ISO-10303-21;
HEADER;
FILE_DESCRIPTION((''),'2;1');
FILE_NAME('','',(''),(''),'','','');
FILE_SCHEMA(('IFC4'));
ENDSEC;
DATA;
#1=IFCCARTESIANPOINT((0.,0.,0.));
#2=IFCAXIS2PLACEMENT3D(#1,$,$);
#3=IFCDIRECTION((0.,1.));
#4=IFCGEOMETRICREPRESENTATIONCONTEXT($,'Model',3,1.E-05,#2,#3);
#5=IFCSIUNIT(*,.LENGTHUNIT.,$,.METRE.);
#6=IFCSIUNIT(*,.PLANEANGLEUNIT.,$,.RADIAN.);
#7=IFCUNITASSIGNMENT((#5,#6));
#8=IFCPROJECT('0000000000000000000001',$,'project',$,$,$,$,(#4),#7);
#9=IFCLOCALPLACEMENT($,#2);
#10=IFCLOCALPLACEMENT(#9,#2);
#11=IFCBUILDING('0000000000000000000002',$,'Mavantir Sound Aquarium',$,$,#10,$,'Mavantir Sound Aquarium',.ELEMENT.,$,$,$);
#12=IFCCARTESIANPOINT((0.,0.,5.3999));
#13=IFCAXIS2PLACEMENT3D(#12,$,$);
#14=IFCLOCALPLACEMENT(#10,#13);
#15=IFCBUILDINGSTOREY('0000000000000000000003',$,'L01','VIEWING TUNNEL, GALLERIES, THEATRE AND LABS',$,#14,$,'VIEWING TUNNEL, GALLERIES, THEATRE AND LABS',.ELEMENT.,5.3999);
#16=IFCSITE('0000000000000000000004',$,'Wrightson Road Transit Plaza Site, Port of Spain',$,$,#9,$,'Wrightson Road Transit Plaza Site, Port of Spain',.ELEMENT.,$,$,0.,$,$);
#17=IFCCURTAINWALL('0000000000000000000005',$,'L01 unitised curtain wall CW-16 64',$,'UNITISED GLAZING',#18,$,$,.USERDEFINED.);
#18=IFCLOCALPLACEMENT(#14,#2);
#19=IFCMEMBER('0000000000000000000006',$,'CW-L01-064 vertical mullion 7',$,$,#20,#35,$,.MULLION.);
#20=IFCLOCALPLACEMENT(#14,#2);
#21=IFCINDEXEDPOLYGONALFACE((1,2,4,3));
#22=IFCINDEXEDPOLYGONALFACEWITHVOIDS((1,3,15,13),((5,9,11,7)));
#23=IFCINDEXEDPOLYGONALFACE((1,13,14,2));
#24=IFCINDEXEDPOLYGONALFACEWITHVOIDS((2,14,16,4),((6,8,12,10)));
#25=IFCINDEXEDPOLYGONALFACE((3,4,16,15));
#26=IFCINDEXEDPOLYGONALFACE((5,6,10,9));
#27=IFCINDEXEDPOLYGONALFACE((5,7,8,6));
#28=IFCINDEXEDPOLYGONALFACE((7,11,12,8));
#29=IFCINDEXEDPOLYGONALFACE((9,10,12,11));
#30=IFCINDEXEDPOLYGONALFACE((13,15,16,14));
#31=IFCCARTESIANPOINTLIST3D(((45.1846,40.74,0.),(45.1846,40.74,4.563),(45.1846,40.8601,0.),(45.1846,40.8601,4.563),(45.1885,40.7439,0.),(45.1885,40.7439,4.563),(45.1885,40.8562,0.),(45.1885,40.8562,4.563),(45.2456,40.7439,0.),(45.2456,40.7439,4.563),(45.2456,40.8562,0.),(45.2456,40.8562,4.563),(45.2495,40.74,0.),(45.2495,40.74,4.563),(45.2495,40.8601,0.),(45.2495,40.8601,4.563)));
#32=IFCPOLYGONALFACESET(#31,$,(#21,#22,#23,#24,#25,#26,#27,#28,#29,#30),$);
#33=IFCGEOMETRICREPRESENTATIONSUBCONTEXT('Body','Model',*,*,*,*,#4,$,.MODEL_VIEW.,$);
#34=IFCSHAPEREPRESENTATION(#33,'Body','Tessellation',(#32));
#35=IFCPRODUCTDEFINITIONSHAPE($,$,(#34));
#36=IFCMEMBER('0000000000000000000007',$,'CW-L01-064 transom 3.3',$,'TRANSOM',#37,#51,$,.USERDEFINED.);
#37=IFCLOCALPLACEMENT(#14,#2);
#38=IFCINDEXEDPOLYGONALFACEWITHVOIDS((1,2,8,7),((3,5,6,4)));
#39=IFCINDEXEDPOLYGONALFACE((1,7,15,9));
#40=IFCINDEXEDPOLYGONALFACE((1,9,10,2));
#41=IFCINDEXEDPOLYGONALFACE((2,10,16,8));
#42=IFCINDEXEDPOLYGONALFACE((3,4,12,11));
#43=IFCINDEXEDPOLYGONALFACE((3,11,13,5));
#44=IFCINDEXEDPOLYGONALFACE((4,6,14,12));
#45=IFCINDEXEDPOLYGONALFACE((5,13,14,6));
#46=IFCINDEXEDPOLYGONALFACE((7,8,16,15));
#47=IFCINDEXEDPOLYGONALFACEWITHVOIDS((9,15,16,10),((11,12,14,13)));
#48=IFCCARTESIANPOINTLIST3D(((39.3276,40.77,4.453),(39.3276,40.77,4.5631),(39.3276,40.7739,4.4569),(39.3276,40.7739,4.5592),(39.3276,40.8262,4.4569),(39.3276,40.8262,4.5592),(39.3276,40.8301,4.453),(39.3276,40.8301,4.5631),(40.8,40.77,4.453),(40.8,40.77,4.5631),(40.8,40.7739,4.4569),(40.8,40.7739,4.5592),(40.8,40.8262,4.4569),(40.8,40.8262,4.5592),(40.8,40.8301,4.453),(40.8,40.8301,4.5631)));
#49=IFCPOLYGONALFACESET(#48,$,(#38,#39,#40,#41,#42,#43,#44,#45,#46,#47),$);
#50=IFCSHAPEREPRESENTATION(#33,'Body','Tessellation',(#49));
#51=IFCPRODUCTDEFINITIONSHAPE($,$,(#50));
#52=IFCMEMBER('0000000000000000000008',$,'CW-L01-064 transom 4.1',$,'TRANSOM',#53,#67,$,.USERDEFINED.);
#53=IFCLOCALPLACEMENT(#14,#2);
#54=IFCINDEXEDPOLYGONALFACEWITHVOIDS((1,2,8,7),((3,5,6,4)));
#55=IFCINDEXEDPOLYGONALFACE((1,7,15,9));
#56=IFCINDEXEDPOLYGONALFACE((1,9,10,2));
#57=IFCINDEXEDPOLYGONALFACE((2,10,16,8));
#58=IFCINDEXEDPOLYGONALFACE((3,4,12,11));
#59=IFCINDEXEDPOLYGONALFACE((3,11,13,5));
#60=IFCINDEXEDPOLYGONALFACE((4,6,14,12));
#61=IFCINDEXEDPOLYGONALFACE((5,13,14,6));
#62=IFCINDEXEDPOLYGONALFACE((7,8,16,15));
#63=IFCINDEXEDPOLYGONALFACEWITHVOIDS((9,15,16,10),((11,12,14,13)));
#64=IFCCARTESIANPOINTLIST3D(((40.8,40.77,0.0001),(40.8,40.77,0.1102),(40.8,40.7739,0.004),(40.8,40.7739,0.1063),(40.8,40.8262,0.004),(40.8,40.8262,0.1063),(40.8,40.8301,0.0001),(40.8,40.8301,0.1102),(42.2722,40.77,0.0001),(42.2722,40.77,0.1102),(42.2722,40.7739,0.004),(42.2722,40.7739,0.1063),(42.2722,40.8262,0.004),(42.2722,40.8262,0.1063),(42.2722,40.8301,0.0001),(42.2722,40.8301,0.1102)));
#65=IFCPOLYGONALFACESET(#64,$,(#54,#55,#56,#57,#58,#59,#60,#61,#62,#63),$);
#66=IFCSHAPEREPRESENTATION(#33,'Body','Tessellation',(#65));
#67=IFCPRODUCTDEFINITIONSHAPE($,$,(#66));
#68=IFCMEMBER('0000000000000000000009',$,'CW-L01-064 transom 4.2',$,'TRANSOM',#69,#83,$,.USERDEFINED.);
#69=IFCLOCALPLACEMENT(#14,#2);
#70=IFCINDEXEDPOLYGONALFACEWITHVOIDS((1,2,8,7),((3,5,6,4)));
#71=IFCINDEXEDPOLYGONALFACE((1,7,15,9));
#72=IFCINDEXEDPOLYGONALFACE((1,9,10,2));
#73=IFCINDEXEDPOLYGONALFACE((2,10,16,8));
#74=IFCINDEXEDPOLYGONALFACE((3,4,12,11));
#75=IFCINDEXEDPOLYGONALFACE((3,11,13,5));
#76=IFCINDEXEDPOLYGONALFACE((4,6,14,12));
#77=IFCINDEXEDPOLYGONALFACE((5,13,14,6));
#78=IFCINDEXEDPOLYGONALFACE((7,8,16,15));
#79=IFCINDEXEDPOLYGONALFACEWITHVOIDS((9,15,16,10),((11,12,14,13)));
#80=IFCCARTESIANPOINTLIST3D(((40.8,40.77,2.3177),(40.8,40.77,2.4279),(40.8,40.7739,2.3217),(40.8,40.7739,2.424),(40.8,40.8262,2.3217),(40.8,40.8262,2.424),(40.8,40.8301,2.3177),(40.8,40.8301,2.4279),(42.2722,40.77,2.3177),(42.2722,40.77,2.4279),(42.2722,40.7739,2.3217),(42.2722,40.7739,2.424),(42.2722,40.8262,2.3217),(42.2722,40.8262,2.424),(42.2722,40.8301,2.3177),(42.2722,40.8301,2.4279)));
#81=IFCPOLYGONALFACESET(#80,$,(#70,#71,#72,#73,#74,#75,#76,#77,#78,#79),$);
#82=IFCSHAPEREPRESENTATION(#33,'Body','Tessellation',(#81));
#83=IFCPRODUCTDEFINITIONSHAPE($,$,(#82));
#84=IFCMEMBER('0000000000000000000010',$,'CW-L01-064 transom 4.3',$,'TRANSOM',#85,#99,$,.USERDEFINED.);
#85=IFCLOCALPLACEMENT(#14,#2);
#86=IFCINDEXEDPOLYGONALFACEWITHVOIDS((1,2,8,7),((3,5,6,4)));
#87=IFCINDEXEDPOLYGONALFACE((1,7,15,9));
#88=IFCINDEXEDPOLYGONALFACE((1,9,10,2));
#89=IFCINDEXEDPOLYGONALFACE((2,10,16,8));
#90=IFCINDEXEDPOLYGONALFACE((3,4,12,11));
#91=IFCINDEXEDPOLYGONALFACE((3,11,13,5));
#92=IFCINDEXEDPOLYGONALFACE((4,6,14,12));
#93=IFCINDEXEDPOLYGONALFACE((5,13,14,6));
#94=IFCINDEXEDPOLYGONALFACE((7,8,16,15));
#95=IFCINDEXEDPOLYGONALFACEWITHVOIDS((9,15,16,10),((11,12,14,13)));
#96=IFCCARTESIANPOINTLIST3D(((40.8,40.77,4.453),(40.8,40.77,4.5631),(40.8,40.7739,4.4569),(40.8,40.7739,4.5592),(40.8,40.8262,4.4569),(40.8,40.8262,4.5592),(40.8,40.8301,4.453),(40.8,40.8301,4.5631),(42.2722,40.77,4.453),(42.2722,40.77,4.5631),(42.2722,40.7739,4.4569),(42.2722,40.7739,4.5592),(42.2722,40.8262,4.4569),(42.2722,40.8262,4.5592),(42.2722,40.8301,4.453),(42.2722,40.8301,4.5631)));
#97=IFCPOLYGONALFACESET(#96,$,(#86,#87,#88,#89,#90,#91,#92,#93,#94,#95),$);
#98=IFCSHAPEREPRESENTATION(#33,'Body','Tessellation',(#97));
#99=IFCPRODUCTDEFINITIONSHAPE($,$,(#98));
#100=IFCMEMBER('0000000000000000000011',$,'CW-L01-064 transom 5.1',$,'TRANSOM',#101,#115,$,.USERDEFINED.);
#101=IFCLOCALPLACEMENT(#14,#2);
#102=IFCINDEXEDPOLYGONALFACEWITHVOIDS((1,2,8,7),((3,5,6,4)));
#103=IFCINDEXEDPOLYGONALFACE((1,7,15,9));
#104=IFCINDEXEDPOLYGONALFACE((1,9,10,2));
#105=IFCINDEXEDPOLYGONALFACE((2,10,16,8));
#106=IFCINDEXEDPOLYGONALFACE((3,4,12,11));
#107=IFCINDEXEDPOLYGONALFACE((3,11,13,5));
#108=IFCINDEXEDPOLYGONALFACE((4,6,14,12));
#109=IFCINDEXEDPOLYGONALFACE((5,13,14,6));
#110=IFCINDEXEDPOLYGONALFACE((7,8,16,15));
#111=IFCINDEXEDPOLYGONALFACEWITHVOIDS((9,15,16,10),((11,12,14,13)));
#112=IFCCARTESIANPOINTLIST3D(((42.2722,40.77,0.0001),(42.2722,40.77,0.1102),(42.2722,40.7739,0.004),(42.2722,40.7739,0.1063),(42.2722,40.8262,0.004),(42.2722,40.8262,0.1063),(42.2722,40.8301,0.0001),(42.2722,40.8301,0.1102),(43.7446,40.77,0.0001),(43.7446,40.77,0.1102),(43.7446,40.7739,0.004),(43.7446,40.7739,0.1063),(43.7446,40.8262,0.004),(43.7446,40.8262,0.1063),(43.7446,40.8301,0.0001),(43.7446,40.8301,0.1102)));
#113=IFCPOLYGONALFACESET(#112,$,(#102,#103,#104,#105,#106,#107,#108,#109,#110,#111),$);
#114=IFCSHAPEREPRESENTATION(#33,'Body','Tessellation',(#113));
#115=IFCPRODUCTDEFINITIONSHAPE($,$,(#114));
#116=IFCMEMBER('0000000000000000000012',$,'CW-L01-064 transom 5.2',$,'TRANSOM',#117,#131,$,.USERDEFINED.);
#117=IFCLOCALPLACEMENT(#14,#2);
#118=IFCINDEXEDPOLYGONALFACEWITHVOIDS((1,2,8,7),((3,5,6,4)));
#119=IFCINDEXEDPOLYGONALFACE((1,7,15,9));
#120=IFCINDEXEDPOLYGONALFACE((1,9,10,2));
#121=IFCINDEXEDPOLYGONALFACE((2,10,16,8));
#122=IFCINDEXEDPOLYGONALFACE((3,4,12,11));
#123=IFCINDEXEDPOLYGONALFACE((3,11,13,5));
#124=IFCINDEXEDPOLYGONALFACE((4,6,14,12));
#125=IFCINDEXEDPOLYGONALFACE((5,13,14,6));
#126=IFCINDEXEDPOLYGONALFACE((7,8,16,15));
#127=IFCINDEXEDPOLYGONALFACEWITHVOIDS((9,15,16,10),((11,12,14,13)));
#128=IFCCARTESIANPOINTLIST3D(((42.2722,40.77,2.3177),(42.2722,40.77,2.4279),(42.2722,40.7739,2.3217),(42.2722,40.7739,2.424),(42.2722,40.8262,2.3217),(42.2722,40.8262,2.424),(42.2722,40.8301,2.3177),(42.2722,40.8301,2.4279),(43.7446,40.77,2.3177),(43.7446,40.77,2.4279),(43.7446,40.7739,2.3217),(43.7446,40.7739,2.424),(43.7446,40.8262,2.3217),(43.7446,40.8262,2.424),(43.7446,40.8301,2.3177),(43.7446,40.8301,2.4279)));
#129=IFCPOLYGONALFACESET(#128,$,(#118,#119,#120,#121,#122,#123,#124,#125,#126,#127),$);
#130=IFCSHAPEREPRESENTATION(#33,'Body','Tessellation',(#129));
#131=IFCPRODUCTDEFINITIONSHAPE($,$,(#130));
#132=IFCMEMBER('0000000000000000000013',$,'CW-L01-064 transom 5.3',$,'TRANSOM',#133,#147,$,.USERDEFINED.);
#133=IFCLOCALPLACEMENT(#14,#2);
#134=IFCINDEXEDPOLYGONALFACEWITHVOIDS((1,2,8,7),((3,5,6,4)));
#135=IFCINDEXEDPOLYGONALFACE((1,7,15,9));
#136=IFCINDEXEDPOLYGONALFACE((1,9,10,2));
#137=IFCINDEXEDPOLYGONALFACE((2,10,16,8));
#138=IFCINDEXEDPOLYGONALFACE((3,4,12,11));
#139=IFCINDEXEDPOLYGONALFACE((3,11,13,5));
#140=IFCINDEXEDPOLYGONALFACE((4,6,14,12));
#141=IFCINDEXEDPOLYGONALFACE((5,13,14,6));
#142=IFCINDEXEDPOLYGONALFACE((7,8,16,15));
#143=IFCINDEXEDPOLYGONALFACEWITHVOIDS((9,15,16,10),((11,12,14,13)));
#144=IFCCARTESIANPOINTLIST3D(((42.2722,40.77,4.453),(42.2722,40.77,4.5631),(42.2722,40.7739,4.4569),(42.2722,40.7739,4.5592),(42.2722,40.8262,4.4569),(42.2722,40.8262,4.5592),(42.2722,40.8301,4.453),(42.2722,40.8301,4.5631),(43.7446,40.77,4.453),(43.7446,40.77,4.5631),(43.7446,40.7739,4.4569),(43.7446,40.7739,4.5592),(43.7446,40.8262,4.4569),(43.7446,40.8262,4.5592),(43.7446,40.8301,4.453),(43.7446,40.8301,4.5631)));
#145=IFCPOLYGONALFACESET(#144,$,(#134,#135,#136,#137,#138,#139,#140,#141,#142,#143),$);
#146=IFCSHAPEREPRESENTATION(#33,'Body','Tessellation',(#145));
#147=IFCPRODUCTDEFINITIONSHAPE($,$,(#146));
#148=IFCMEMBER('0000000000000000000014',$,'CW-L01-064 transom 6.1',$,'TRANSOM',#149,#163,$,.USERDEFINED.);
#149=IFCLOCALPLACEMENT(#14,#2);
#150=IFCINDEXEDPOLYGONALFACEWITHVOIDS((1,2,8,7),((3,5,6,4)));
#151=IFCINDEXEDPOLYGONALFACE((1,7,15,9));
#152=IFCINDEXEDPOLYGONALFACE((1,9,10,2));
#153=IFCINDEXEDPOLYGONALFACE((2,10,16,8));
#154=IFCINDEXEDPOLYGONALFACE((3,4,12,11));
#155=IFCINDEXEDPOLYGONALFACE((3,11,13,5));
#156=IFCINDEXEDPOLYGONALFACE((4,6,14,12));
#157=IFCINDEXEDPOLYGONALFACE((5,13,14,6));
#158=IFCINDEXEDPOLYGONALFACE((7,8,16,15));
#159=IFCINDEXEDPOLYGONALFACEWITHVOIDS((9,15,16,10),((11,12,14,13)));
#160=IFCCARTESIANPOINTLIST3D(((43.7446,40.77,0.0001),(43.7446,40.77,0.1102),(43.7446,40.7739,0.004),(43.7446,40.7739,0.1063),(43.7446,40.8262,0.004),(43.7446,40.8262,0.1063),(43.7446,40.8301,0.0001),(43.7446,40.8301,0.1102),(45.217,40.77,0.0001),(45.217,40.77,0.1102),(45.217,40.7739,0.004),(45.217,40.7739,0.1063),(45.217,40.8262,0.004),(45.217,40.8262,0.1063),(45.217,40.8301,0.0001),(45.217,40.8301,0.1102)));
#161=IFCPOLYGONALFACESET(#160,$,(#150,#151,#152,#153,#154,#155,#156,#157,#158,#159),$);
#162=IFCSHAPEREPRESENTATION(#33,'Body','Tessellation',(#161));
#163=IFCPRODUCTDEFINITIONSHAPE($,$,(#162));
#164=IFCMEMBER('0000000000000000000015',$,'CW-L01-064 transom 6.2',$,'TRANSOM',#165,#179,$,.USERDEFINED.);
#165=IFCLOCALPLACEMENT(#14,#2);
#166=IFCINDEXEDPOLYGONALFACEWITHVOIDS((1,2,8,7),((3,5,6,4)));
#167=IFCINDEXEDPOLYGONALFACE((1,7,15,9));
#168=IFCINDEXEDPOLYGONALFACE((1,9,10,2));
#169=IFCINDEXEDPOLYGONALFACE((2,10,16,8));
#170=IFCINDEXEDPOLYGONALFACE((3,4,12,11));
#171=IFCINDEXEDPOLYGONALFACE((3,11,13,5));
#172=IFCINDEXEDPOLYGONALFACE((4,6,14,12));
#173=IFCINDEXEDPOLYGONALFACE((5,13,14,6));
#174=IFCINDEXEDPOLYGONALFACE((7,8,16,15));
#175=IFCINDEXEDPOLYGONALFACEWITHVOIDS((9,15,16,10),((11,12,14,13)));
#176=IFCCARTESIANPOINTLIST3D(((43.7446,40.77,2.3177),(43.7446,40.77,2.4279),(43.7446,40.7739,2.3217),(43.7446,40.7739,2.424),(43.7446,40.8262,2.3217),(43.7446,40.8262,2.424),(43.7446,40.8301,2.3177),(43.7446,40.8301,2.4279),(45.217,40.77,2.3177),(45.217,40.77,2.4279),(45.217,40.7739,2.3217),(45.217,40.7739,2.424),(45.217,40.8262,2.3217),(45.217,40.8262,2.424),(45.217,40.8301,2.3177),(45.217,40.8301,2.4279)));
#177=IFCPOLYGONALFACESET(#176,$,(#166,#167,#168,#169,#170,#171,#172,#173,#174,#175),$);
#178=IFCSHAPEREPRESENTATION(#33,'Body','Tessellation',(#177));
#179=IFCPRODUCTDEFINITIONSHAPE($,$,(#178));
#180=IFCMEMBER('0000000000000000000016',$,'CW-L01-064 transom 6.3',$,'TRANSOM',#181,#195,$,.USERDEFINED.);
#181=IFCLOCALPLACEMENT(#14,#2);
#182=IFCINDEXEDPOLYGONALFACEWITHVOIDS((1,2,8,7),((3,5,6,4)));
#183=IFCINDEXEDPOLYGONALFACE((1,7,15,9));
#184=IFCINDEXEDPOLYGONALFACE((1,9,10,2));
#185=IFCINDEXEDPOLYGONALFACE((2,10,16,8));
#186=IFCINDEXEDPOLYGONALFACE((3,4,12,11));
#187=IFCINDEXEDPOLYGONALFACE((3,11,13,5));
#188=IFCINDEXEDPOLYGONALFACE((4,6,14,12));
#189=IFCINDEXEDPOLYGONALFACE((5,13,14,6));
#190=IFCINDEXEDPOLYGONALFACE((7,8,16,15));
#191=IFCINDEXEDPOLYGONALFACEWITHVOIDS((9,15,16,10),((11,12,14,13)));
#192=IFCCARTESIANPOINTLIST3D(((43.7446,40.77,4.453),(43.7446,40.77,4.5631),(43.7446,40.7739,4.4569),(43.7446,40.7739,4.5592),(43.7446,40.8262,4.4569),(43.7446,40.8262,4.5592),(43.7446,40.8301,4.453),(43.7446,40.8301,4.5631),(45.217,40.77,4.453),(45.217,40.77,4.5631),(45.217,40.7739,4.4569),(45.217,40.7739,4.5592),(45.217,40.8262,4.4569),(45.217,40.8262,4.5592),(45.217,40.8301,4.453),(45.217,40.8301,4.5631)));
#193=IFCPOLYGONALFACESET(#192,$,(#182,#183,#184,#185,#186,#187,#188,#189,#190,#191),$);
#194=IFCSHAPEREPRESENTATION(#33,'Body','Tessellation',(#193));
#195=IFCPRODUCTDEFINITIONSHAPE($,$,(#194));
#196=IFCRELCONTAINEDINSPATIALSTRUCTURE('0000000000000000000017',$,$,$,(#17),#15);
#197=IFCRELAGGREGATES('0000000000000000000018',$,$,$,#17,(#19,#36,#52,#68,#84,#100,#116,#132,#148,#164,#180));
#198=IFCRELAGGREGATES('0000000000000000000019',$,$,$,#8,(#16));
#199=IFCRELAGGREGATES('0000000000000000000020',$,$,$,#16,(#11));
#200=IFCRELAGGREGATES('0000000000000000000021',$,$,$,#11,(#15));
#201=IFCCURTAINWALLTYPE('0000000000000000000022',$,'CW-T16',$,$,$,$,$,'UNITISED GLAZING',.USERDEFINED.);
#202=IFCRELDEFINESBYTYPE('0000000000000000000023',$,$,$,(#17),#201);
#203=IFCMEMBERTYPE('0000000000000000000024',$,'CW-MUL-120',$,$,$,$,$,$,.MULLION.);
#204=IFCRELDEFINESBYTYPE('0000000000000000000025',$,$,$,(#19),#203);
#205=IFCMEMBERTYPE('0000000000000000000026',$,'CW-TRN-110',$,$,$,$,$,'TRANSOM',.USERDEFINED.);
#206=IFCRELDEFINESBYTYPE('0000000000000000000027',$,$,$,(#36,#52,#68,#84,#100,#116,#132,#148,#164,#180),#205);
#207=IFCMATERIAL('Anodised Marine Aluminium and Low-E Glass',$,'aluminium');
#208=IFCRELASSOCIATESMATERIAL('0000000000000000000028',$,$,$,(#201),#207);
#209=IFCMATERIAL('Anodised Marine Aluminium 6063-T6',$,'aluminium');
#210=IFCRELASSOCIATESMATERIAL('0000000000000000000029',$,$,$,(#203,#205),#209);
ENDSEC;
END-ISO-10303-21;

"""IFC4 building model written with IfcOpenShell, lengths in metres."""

from ifc_helpers import new_model, si_unit, direction, frame, origin, origin_2d, place, context, subcontext, project, spatial, hollow_rectangle, extrude, material, material_profile, profile_set, type_object, element, aggregate, save


model = new_model("IFC4")

# Units and contexts
model_context = context("Model", 3, precision=1e-05, world=origin(), true_north=direction((0.0, 1.0)))
body_context = subcontext(model_context, "Body", "Model", "MODEL_VIEW")
ifc_project = project(units=[si_unit("LENGTHUNIT", "METRE"), si_unit("PLANEANGLEUNIT", "RADIAN")], contexts=[model_context])

# Site, building, storey
site_placement = place(None, origin())
site = spatial("IfcSite", under=ifc_project, at=site_placement, Name="Wrightson Road Transit Plaza Site, Port of Spain", LongName="Wrightson Road Transit Plaza Site, Port of Spain", CompositionType="ELEMENT", RefElevation=0.0)
building_placement = place(site_placement, origin())
building = spatial("IfcBuilding", under=site, at=building_placement, Name="Mavantir Sound Aquarium", LongName="Mavantir Sound Aquarium", CompositionType="ELEMENT")
storey_placement = place(building_placement, frame((0.0, 0.0, 5.3999)))
storey = spatial("IfcBuildingStorey", under=building, at=storey_placement, Name="L01", Description="VIEWING TUNNEL, GALLERIES, THEATRE AND LABS", LongName="VIEWING TUNNEL, GALLERIES, THEATRE AND LABS", CompositionType="ELEMENT", Elevation=5.3999)

# Curtain wall, members
ifc_material_1 = material(Name="Anodised Marine Aluminium and Low-E Glass", Category="aluminium")
ifc_material_2 = material(Name="Anodised Marine Aluminium 6063-T6", Category="aluminium")
curtain_wall_type_1 = type_object("IfcCurtainWallType", Name="CW-T16", ElementType="UNITISED GLAZING", PredefinedType="USERDEFINED", material=ifc_material_1)
curtain_wall_1_placement = place(storey_placement, origin())
curtain_wall_1 = element("IfcCurtainWall", 1, at=curtain_wall_1_placement, inside=storey, type_object=curtain_wall_type_1, Name="L01 unitised curtain wall CW-16 64", ObjectType="UNITISED GLAZING", PredefinedType="USERDEFINED")
ifc_material_profile_1 = material_profile(ifc_material_2, hollow_rectangle(XDim=0.0649, YDim=0.1201, WallThickness=0.0039, at=origin_2d()), Name="ALU-MULLION-120X65")
ifc_profile_set_1 = profile_set([ifc_material_profile_1], Name="Anodised Marine Aluminium 6063-T6")
member_type_1 = type_object("IfcMemberType", Name="CW-MUL-120", PredefinedType="MULLION", material=ifc_profile_set_1)
member_1_placement = place(storey_placement, frame((45.217, 40.8, 0.0), z_axis=(0.0, 0.0, 1.0), x_axis=(1.0, 0.0, 0.0)))
member_1 = element("IfcMember", 2, at=member_1_placement, type_object=member_type_1, Name="CW-L01-064 vertical mullion 7", PredefinedType="MULLION", context=body_context, shape_type="SweptSolid", body=[
    extrude(hollow_rectangle(XDim=0.0649, YDim=0.1201, WallThickness=0.0039, at=origin_2d()), origin(), (0.0, 0.0, 1.0), 4.563),
])
ifc_material_profile_2 = material_profile(ifc_material_2, hollow_rectangle(XDim=0.0601, YDim=0.1101, WallThickness=0.0039, at=origin_2d()), Name="ALU-TRANSOM-110X60")
ifc_profile_set_2 = profile_set([ifc_material_profile_2], Name="Anodised Marine Aluminium 6063-T6")
member_type_2 = type_object("IfcMemberType", Name="CW-TRN-110", ElementType="TRANSOM", PredefinedType="USERDEFINED", material=ifc_profile_set_2)
member_2_placement = place(storey_placement, frame((39.3276, 40.8, 4.5081), z_axis=(1.0, 0.0, 0.0), x_axis=(0.0, 1.0, 0.0)))
member_2 = element("IfcMember", 3, at=member_2_placement, type_object=member_type_2, Name="CW-L01-064 transom 3.3", ObjectType="TRANSOM", PredefinedType="USERDEFINED", context=body_context, shape_type="SweptSolid", body=[
    extrude(hollow_rectangle(XDim=0.0601, YDim=0.1101, WallThickness=0.0039, at=origin_2d()), origin(), (0.0, 0.0, 1.0), 1.4724),
])
member_3_placement = place(storey_placement, frame((40.8, 40.8, 0.0552), z_axis=(1.0, 0.0, 0.0), x_axis=(0.0, 1.0, 0.0)))
member_3 = element("IfcMember", 4, at=member_3_placement, type_object=member_type_2, Name="CW-L01-064 transom 4.1", ObjectType="TRANSOM", PredefinedType="USERDEFINED", context=body_context, shape_type="SweptSolid", body=[
    extrude(hollow_rectangle(XDim=0.0601, YDim=0.1101, WallThickness=0.0039, at=origin_2d()), origin(), (0.0, 0.0, 1.0), 1.4722),
])
member_4_placement = place(storey_placement, frame((40.8, 40.8, 2.3728), z_axis=(1.0, 0.0, 0.0), x_axis=(0.0, 1.0, 0.0)))
member_4 = element("IfcMember", 5, at=member_4_placement, type_object=member_type_2, Name="CW-L01-064 transom 4.2", ObjectType="TRANSOM", PredefinedType="USERDEFINED", context=body_context, shape_type="SweptSolid", body=[
    extrude(hollow_rectangle(XDim=0.0601, YDim=0.1101, WallThickness=0.0039, at=origin_2d()), origin(), (0.0, 0.0, 1.0), 1.4722),
])
member_5_placement = place(storey_placement, frame((40.8, 40.8, 4.5081), z_axis=(1.0, 0.0, 0.0), x_axis=(0.0, 1.0, 0.0)))
member_5 = element("IfcMember", 6, at=member_5_placement, type_object=member_type_2, Name="CW-L01-064 transom 4.3", ObjectType="TRANSOM", PredefinedType="USERDEFINED", context=body_context, shape_type="SweptSolid", body=[
    extrude(hollow_rectangle(XDim=0.0601, YDim=0.1101, WallThickness=0.0039, at=origin_2d()), origin(), (0.0, 0.0, 1.0), 1.4722),
])
member_6_placement = place(storey_placement, frame((42.2722, 40.8, 0.0552), z_axis=(1.0, 0.0, 0.0), x_axis=(0.0, 1.0, 0.0)))
member_6 = element("IfcMember", 7, at=member_6_placement, type_object=member_type_2, Name="CW-L01-064 transom 5.1", ObjectType="TRANSOM", PredefinedType="USERDEFINED", context=body_context, shape_type="SweptSolid", body=[
    extrude(hollow_rectangle(XDim=0.0601, YDim=0.1101, WallThickness=0.0039, at=origin_2d()), origin(), (0.0, 0.0, 1.0), 1.4724),
])
member_7_placement = place(storey_placement, frame((42.2722, 40.8, 2.3728), z_axis=(1.0, 0.0, 0.0), x_axis=(0.0, 1.0, 0.0)))
member_7 = element("IfcMember", 8, at=member_7_placement, type_object=member_type_2, Name="CW-L01-064 transom 5.2", ObjectType="TRANSOM", PredefinedType="USERDEFINED", context=body_context, shape_type="SweptSolid", body=[
    extrude(hollow_rectangle(XDim=0.0601, YDim=0.1101, WallThickness=0.0039, at=origin_2d()), origin(), (0.0, 0.0, 1.0), 1.4724),
])
member_8_placement = place(storey_placement, frame((42.2722, 40.8, 4.5081), z_axis=(1.0, 0.0, 0.0), x_axis=(0.0, 1.0, 0.0)))
member_8 = element("IfcMember", 9, at=member_8_placement, type_object=member_type_2, Name="CW-L01-064 transom 5.3", ObjectType="TRANSOM", PredefinedType="USERDEFINED", context=body_context, shape_type="SweptSolid", body=[
    extrude(hollow_rectangle(XDim=0.0601, YDim=0.1101, WallThickness=0.0039, at=origin_2d()), origin(), (0.0, 0.0, 1.0), 1.4724),
])
member_9_placement = place(storey_placement, frame((43.7446, 40.8, 0.0552), z_axis=(1.0, 0.0, 0.0), x_axis=(0.0, 1.0, 0.0)))
member_9 = element("IfcMember", 10, at=member_9_placement, type_object=member_type_2, Name="CW-L01-064 transom 6.1", ObjectType="TRANSOM", PredefinedType="USERDEFINED", context=body_context, shape_type="SweptSolid", body=[
    extrude(hollow_rectangle(XDim=0.0601, YDim=0.1101, WallThickness=0.0039, at=origin_2d()), origin(), (0.0, 0.0, 1.0), 1.4724),
])
member_10_placement = place(storey_placement, frame((43.7446, 40.8, 2.3728), z_axis=(1.0, 0.0, 0.0), x_axis=(0.0, 1.0, 0.0)))
member_10 = element("IfcMember", 11, at=member_10_placement, type_object=member_type_2, Name="CW-L01-064 transom 6.2", ObjectType="TRANSOM", PredefinedType="USERDEFINED", context=body_context, shape_type="SweptSolid", body=[
    extrude(hollow_rectangle(XDim=0.0601, YDim=0.1101, WallThickness=0.0039, at=origin_2d()), origin(), (0.0, 0.0, 1.0), 1.4724),
])
member_11_placement = place(storey_placement, frame((43.7446, 40.8, 4.5081), z_axis=(1.0, 0.0, 0.0), x_axis=(0.0, 1.0, 0.0)))
member_11 = element("IfcMember", 12, at=member_11_placement, type_object=member_type_2, Name="CW-L01-064 transom 6.3", ObjectType="TRANSOM", PredefinedType="USERDEFINED", context=body_context, shape_type="SweptSolid", body=[
    extrude(hollow_rectangle(XDim=0.0601, YDim=0.1101, WallThickness=0.0039, at=origin_2d()), origin(), (0.0, 0.0, 1.0), 1.4724),
])

aggregate(curtain_wall_1, [member_1, member_2, member_3, member_4, member_5, member_6, member_7, member_8, member_9, member_10, member_11])

save(model, "model.ifc")
